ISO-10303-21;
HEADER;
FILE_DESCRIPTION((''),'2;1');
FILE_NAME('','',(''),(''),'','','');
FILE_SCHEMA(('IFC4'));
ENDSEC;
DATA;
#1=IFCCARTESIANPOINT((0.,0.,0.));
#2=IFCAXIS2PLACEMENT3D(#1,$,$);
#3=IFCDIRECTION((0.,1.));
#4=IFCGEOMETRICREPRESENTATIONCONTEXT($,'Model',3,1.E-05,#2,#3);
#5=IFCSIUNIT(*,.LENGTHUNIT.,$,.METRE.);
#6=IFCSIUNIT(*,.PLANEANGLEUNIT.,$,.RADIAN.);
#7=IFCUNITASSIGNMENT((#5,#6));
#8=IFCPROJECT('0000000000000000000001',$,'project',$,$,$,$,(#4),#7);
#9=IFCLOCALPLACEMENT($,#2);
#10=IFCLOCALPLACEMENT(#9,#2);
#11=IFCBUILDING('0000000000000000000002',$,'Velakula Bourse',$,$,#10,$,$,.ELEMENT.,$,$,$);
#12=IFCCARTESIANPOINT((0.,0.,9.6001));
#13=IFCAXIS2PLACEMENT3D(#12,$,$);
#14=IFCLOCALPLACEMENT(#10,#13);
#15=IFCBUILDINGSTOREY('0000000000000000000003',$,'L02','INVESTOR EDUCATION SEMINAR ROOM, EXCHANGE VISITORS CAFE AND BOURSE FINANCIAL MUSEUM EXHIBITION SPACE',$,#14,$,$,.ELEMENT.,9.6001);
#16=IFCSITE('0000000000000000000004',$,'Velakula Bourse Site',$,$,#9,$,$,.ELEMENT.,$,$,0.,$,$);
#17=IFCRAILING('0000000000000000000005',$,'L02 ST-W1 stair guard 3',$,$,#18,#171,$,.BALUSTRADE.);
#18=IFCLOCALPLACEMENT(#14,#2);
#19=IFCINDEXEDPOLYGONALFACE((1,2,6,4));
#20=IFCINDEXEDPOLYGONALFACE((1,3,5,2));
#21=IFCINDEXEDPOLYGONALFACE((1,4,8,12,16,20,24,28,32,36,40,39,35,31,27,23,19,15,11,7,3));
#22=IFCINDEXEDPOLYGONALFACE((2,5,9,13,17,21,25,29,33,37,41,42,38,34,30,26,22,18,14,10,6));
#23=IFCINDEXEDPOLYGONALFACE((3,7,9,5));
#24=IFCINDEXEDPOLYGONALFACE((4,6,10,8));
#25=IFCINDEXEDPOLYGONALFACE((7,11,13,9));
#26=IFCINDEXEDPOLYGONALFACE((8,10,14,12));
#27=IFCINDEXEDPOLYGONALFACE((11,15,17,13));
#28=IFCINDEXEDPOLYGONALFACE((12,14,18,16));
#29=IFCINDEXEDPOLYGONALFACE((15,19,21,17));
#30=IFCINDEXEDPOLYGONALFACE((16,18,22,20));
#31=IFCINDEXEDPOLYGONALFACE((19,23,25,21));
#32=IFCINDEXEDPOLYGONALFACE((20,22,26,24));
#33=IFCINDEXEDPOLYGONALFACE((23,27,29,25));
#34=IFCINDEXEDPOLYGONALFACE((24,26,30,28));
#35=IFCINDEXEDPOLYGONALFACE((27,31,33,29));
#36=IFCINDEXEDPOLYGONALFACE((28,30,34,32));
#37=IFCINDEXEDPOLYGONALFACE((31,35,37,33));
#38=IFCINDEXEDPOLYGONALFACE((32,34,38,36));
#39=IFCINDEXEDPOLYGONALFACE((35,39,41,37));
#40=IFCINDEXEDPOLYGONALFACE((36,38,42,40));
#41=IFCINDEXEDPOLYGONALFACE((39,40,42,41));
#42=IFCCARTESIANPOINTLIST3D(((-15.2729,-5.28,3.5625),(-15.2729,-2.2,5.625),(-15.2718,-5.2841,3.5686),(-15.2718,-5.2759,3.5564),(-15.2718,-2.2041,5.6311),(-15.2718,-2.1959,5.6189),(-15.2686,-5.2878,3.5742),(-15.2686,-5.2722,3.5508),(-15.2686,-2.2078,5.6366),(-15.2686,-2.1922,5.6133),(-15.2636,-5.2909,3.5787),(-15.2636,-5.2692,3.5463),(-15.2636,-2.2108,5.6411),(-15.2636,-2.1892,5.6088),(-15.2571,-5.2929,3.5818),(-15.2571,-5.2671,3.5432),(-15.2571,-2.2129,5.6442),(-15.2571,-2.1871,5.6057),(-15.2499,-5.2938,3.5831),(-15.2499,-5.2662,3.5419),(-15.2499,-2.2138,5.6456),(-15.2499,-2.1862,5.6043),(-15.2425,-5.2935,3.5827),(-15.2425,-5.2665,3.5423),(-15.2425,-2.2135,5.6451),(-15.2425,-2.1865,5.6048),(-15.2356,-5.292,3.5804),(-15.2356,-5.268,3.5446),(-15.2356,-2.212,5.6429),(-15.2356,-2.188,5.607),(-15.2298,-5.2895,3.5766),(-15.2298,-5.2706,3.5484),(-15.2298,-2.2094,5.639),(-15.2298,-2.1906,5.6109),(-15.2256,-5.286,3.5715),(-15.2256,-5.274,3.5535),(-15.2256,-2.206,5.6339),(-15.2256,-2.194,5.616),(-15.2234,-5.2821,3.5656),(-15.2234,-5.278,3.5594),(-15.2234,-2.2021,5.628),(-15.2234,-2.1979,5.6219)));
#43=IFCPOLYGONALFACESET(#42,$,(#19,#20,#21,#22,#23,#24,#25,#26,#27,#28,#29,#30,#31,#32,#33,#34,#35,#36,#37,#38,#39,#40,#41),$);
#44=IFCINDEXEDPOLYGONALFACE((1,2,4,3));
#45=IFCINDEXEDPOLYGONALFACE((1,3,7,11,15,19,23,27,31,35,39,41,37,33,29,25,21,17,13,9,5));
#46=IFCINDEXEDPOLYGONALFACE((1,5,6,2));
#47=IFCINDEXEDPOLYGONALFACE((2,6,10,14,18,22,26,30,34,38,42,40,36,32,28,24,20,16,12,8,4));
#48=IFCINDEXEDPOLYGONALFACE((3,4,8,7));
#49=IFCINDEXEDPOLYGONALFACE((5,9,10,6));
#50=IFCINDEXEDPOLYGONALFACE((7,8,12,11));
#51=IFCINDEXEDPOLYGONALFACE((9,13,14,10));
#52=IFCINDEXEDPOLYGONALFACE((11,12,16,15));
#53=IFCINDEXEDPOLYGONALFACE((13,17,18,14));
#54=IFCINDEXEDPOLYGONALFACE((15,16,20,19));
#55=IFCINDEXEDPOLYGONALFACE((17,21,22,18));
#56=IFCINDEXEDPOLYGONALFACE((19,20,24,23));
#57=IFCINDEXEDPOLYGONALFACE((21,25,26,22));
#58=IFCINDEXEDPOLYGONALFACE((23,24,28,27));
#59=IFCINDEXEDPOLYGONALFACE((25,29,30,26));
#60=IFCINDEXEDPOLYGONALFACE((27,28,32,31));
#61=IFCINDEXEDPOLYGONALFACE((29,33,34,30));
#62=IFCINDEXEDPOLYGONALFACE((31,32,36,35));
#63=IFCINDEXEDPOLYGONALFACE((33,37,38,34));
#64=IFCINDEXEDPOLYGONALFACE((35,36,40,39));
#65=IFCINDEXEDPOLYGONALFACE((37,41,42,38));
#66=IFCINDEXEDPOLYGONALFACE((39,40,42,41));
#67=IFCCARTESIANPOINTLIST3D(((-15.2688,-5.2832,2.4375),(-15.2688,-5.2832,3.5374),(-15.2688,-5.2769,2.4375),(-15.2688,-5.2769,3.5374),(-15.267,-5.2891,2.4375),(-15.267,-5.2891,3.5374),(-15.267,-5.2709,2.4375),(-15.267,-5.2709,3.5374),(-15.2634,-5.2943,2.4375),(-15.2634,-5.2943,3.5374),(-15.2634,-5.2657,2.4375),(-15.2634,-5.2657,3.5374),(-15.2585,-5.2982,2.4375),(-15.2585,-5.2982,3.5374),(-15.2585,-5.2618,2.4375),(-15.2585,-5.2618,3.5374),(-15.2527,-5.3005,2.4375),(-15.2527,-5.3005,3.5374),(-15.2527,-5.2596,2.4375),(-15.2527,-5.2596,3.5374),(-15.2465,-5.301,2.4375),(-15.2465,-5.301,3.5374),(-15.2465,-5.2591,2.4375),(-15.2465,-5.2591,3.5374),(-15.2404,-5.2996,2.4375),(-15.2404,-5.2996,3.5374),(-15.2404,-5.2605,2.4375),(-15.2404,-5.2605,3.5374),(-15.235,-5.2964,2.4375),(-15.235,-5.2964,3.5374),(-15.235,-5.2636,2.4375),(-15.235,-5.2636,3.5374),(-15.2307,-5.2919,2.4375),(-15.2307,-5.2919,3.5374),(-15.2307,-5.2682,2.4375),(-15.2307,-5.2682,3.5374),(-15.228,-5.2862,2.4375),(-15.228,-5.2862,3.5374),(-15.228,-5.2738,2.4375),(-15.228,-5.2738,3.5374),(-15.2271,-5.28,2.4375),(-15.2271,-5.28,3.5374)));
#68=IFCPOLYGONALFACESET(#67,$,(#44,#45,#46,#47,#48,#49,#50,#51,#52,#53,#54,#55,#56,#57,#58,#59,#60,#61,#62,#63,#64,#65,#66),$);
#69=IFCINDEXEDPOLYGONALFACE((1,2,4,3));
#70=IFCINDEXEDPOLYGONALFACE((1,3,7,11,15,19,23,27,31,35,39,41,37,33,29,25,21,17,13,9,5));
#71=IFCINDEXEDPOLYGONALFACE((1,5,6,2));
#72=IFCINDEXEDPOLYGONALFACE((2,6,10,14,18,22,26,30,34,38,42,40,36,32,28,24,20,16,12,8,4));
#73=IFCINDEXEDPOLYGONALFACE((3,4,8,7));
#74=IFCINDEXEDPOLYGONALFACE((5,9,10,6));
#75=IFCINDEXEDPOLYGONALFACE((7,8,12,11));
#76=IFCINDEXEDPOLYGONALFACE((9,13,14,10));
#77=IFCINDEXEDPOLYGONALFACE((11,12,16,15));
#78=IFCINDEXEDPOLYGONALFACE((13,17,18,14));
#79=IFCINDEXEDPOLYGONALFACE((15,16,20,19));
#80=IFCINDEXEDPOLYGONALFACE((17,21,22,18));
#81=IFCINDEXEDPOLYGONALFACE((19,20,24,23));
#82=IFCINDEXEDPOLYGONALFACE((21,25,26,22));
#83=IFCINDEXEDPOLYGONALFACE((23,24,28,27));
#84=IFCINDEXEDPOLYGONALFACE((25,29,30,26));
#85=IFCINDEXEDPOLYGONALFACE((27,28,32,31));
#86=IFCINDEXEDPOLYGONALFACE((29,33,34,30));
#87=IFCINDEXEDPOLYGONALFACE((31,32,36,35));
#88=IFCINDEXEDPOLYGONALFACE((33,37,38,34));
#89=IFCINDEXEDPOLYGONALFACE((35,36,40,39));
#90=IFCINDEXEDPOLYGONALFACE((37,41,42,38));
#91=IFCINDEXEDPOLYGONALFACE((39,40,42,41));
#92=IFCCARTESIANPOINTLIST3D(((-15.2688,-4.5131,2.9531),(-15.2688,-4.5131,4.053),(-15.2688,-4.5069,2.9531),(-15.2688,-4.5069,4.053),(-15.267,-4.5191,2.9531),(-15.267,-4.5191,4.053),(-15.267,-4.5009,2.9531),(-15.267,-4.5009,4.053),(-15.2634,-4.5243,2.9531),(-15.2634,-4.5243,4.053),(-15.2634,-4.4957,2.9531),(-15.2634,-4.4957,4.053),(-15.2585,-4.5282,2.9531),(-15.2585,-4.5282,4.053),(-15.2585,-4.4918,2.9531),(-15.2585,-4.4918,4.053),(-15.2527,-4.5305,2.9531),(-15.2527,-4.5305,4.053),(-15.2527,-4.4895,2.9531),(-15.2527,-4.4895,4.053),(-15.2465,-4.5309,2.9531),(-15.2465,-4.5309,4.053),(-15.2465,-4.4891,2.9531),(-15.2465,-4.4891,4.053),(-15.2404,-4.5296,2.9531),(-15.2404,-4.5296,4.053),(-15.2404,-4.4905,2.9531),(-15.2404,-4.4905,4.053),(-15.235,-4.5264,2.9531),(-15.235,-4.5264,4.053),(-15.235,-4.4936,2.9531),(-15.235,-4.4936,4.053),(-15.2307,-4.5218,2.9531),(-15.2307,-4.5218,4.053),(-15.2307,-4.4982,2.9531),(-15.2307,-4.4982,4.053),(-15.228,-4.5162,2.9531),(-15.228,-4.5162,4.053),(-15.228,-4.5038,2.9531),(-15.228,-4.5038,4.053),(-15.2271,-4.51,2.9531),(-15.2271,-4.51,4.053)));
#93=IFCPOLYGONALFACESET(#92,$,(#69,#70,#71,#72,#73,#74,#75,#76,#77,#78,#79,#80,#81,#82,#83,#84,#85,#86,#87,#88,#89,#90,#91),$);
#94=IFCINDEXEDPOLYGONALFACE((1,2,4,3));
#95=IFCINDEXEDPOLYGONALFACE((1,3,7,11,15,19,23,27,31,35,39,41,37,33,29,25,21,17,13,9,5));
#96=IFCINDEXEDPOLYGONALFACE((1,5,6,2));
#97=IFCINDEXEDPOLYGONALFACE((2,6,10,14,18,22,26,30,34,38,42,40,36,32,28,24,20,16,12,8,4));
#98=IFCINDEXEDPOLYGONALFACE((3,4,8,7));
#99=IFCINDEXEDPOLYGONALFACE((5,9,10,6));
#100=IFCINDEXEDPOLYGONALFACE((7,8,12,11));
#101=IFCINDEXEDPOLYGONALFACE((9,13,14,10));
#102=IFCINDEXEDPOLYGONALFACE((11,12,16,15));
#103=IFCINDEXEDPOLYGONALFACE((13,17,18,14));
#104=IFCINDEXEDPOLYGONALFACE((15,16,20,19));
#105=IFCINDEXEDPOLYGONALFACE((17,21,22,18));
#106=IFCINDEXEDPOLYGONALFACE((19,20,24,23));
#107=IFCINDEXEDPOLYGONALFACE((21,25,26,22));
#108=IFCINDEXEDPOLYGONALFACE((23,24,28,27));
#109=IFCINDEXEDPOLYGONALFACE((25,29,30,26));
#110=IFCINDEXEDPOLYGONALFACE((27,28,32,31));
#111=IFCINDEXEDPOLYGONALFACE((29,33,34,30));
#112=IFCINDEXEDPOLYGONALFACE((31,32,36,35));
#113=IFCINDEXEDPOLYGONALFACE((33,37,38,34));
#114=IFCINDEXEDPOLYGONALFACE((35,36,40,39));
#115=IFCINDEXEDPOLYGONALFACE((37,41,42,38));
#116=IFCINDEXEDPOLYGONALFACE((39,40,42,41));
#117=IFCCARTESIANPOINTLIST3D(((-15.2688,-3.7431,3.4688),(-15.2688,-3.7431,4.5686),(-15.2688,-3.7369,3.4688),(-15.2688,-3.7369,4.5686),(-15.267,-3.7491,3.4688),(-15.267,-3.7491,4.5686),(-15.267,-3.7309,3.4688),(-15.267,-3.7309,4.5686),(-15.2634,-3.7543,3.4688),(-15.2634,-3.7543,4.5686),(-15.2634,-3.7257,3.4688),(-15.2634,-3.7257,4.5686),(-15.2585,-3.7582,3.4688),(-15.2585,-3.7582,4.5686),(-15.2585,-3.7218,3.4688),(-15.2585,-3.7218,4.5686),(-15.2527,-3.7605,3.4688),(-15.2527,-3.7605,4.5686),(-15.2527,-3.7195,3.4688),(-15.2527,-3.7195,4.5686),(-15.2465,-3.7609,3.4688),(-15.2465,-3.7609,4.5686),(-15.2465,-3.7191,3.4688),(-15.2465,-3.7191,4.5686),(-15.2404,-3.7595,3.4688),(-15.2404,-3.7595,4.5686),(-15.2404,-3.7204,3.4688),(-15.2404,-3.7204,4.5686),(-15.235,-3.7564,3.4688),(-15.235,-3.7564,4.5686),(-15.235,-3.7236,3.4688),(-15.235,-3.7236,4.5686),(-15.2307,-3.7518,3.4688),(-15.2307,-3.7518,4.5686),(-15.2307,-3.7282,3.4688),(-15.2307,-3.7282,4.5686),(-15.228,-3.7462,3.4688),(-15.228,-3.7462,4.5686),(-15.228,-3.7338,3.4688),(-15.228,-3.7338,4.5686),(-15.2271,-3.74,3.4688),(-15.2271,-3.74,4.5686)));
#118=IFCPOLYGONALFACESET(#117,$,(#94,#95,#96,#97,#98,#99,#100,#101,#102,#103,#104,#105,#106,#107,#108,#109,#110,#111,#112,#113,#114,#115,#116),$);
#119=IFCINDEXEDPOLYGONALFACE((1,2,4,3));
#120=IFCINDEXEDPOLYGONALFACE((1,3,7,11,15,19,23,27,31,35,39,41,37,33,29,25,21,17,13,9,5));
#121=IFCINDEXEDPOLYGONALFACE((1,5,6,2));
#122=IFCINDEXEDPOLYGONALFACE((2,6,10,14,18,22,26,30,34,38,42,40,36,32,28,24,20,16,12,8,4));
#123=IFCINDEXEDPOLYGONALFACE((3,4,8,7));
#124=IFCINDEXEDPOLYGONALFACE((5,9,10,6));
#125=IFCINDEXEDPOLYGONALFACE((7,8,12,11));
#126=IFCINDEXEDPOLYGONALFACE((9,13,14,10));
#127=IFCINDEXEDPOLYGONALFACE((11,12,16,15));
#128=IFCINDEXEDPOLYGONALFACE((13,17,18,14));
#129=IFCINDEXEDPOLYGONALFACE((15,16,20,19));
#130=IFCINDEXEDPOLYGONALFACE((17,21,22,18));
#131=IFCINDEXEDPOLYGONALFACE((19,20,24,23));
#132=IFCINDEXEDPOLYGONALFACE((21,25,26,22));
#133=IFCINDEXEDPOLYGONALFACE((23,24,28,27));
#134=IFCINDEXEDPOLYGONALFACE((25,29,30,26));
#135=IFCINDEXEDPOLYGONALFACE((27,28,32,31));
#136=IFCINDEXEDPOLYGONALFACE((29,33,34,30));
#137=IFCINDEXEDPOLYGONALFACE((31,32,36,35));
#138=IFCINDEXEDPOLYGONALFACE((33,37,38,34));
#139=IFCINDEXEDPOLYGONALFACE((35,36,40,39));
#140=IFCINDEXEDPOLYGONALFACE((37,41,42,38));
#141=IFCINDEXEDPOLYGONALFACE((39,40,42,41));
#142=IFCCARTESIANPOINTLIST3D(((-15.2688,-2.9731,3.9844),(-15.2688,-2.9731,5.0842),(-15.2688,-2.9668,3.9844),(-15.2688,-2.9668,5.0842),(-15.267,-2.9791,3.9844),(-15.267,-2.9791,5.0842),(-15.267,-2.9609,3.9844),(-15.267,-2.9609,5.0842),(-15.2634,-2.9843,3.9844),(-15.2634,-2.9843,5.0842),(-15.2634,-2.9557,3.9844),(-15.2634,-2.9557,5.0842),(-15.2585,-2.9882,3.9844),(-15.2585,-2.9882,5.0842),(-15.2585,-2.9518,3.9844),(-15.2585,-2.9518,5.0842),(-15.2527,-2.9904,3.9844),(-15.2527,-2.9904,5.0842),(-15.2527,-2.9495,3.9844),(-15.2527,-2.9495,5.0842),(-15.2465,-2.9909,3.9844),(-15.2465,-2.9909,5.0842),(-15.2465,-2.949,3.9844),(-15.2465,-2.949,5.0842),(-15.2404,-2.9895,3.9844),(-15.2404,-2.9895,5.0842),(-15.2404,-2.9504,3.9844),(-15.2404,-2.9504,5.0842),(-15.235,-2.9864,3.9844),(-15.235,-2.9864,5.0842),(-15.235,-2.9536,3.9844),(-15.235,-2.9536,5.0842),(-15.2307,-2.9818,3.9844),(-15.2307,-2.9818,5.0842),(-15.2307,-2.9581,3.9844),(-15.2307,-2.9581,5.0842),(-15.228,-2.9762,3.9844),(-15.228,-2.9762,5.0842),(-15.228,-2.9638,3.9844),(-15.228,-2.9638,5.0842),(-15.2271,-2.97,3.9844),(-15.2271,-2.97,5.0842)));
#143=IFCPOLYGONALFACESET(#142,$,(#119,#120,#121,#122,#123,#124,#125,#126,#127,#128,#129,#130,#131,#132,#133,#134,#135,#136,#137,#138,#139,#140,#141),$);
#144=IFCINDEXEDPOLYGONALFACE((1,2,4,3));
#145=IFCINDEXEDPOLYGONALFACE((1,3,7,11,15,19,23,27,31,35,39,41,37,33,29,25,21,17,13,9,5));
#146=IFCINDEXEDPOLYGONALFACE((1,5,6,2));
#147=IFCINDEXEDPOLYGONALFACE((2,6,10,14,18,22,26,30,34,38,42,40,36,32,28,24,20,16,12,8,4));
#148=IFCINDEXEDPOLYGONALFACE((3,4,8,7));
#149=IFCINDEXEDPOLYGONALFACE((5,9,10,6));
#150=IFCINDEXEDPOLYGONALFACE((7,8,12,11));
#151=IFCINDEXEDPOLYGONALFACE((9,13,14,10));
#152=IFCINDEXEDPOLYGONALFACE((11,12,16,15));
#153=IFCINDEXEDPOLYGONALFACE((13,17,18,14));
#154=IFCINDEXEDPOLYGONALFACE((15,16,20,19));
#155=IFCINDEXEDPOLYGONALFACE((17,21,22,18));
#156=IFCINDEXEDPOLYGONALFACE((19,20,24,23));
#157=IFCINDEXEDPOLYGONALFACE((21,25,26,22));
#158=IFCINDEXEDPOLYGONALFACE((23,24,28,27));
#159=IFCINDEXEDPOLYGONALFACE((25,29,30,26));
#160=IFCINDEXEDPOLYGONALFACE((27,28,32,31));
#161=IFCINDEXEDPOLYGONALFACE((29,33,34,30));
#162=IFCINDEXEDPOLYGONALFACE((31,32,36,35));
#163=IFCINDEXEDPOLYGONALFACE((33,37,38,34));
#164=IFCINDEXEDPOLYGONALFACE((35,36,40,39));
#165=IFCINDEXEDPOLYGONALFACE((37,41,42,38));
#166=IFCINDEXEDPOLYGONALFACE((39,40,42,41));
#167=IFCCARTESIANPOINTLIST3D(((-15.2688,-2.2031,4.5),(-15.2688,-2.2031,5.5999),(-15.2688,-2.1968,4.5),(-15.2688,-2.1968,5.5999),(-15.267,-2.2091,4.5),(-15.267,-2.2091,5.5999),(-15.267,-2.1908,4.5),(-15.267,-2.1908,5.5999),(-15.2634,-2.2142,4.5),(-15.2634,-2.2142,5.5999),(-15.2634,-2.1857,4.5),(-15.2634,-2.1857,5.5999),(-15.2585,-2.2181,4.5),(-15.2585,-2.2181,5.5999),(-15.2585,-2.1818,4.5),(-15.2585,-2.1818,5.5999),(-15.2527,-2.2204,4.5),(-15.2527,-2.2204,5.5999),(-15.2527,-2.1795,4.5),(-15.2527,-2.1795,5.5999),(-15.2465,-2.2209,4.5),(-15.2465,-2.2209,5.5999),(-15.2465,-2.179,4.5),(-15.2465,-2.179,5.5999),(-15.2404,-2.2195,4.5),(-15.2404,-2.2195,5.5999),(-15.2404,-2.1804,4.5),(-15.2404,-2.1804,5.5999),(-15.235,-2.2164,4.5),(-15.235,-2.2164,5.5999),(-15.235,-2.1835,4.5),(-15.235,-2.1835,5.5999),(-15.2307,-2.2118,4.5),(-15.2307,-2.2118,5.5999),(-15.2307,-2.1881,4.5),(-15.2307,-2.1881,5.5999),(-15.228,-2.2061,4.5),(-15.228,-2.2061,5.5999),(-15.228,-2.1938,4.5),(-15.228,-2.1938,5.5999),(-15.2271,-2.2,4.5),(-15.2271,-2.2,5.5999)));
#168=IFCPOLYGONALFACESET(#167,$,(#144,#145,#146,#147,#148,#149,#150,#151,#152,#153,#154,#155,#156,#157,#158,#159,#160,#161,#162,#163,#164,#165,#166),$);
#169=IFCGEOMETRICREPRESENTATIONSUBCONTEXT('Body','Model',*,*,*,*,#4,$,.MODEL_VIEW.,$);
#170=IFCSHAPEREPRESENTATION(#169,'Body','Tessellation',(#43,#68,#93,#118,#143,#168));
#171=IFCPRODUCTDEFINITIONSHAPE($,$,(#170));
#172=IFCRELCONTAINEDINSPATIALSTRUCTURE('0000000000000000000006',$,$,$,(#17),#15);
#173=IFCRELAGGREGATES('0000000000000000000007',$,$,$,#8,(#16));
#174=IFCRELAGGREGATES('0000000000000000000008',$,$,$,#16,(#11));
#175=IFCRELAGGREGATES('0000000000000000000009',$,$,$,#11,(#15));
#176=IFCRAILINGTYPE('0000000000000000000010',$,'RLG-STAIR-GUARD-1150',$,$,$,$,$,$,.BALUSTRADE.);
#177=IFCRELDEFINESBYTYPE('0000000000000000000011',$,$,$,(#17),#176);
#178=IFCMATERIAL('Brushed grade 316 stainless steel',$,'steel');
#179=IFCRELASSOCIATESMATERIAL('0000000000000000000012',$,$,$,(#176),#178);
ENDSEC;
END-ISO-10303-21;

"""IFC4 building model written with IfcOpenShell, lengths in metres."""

from ifc_helpers import new_model, si_unit, direction, frame, origin, origin_2d, place, context, subcontext, project, spatial, circle, extrude, material, type_object, element, save


model = new_model("IFC4")

# Units and contexts
model_context = context("Model", 3, precision=1e-05, world=origin(), true_north=direction((0.0, 1.0)))
body_context = subcontext(model_context, "Body", "Model", "MODEL_VIEW")
ifc_project = project(units=[si_unit("LENGTHUNIT", "METRE"), si_unit("PLANEANGLEUNIT", "RADIAN")], contexts=[model_context])

# Site, building, storey
site_placement = place(None, origin())
site = spatial("IfcSite", under=ifc_project, at=site_placement, Name="Velakula Bourse Site", CompositionType="ELEMENT", RefElevation=0.0)
building_placement = place(site_placement, origin())
building = spatial("IfcBuilding", under=site, at=building_placement, Name="Velakula Bourse", CompositionType="ELEMENT")
storey_placement = place(building_placement, frame((0.0, 0.0, 9.6001)))
storey = spatial("IfcBuildingStorey", under=building, at=storey_placement, Name="L02", Description="INVESTOR EDUCATION SEMINAR ROOM, EXCHANGE VISITORS CAFE AND BOURSE FINANCIAL MUSEUM EXHIBITION SPACE", CompositionType="ELEMENT", Elevation=9.6001)

# Shared definitions
ifc_material_1 = material(Name="Brushed grade 316 stainless steel", Category="steel")

# Railing
railing_type_1 = type_object("IfcRailingType", Name="RLG-STAIR-GUARD-1150", PredefinedType="BALUSTRADE", material=ifc_material_1)
railing_1_placement = place(storey_placement, frame((-15.248, -5.28, 2.4375)))
element("IfcRailing", 1, at=railing_1_placement, inside=storey, type_object=railing_type_1, Name="L02 ST-W1 stair guard 3", PredefinedType="BALUSTRADE", context=body_context, shape_type="SweptSolid", body=[
    extrude(circle(Radius=0.0249, at=origin_2d()), frame((0.0, 0.0, 1.125), z_axis=(0.0, 0.830914, 0.556401), x_axis=(-1.0, 0.0, 0.0)), (0.0, 0.0, 1.0), 3.7068),
    extrude(circle(Radius=0.021, at=origin_2d()), origin(), (0.0, 0.0, 1.0), 1.0999),
    extrude(circle(Radius=0.021, at=origin_2d()), frame((0.0, 0.77, 0.5156)), (0.0, 0.0, 1.0), 1.0999),
    extrude(circle(Radius=0.021, at=origin_2d()), frame((0.0, 1.54, 1.0312)), (0.0, 0.0, 1.0), 1.0999),
    extrude(circle(Radius=0.021, at=origin_2d()), frame((0.0, 2.3101, 1.5469)), (0.0, 0.0, 1.0), 1.0999),
    extrude(circle(Radius=0.021, at=origin_2d()), frame((0.0, 3.0801, 2.0625)), (0.0, 0.0, 1.0), 1.0999),
])

save(model, "model.ifc")
